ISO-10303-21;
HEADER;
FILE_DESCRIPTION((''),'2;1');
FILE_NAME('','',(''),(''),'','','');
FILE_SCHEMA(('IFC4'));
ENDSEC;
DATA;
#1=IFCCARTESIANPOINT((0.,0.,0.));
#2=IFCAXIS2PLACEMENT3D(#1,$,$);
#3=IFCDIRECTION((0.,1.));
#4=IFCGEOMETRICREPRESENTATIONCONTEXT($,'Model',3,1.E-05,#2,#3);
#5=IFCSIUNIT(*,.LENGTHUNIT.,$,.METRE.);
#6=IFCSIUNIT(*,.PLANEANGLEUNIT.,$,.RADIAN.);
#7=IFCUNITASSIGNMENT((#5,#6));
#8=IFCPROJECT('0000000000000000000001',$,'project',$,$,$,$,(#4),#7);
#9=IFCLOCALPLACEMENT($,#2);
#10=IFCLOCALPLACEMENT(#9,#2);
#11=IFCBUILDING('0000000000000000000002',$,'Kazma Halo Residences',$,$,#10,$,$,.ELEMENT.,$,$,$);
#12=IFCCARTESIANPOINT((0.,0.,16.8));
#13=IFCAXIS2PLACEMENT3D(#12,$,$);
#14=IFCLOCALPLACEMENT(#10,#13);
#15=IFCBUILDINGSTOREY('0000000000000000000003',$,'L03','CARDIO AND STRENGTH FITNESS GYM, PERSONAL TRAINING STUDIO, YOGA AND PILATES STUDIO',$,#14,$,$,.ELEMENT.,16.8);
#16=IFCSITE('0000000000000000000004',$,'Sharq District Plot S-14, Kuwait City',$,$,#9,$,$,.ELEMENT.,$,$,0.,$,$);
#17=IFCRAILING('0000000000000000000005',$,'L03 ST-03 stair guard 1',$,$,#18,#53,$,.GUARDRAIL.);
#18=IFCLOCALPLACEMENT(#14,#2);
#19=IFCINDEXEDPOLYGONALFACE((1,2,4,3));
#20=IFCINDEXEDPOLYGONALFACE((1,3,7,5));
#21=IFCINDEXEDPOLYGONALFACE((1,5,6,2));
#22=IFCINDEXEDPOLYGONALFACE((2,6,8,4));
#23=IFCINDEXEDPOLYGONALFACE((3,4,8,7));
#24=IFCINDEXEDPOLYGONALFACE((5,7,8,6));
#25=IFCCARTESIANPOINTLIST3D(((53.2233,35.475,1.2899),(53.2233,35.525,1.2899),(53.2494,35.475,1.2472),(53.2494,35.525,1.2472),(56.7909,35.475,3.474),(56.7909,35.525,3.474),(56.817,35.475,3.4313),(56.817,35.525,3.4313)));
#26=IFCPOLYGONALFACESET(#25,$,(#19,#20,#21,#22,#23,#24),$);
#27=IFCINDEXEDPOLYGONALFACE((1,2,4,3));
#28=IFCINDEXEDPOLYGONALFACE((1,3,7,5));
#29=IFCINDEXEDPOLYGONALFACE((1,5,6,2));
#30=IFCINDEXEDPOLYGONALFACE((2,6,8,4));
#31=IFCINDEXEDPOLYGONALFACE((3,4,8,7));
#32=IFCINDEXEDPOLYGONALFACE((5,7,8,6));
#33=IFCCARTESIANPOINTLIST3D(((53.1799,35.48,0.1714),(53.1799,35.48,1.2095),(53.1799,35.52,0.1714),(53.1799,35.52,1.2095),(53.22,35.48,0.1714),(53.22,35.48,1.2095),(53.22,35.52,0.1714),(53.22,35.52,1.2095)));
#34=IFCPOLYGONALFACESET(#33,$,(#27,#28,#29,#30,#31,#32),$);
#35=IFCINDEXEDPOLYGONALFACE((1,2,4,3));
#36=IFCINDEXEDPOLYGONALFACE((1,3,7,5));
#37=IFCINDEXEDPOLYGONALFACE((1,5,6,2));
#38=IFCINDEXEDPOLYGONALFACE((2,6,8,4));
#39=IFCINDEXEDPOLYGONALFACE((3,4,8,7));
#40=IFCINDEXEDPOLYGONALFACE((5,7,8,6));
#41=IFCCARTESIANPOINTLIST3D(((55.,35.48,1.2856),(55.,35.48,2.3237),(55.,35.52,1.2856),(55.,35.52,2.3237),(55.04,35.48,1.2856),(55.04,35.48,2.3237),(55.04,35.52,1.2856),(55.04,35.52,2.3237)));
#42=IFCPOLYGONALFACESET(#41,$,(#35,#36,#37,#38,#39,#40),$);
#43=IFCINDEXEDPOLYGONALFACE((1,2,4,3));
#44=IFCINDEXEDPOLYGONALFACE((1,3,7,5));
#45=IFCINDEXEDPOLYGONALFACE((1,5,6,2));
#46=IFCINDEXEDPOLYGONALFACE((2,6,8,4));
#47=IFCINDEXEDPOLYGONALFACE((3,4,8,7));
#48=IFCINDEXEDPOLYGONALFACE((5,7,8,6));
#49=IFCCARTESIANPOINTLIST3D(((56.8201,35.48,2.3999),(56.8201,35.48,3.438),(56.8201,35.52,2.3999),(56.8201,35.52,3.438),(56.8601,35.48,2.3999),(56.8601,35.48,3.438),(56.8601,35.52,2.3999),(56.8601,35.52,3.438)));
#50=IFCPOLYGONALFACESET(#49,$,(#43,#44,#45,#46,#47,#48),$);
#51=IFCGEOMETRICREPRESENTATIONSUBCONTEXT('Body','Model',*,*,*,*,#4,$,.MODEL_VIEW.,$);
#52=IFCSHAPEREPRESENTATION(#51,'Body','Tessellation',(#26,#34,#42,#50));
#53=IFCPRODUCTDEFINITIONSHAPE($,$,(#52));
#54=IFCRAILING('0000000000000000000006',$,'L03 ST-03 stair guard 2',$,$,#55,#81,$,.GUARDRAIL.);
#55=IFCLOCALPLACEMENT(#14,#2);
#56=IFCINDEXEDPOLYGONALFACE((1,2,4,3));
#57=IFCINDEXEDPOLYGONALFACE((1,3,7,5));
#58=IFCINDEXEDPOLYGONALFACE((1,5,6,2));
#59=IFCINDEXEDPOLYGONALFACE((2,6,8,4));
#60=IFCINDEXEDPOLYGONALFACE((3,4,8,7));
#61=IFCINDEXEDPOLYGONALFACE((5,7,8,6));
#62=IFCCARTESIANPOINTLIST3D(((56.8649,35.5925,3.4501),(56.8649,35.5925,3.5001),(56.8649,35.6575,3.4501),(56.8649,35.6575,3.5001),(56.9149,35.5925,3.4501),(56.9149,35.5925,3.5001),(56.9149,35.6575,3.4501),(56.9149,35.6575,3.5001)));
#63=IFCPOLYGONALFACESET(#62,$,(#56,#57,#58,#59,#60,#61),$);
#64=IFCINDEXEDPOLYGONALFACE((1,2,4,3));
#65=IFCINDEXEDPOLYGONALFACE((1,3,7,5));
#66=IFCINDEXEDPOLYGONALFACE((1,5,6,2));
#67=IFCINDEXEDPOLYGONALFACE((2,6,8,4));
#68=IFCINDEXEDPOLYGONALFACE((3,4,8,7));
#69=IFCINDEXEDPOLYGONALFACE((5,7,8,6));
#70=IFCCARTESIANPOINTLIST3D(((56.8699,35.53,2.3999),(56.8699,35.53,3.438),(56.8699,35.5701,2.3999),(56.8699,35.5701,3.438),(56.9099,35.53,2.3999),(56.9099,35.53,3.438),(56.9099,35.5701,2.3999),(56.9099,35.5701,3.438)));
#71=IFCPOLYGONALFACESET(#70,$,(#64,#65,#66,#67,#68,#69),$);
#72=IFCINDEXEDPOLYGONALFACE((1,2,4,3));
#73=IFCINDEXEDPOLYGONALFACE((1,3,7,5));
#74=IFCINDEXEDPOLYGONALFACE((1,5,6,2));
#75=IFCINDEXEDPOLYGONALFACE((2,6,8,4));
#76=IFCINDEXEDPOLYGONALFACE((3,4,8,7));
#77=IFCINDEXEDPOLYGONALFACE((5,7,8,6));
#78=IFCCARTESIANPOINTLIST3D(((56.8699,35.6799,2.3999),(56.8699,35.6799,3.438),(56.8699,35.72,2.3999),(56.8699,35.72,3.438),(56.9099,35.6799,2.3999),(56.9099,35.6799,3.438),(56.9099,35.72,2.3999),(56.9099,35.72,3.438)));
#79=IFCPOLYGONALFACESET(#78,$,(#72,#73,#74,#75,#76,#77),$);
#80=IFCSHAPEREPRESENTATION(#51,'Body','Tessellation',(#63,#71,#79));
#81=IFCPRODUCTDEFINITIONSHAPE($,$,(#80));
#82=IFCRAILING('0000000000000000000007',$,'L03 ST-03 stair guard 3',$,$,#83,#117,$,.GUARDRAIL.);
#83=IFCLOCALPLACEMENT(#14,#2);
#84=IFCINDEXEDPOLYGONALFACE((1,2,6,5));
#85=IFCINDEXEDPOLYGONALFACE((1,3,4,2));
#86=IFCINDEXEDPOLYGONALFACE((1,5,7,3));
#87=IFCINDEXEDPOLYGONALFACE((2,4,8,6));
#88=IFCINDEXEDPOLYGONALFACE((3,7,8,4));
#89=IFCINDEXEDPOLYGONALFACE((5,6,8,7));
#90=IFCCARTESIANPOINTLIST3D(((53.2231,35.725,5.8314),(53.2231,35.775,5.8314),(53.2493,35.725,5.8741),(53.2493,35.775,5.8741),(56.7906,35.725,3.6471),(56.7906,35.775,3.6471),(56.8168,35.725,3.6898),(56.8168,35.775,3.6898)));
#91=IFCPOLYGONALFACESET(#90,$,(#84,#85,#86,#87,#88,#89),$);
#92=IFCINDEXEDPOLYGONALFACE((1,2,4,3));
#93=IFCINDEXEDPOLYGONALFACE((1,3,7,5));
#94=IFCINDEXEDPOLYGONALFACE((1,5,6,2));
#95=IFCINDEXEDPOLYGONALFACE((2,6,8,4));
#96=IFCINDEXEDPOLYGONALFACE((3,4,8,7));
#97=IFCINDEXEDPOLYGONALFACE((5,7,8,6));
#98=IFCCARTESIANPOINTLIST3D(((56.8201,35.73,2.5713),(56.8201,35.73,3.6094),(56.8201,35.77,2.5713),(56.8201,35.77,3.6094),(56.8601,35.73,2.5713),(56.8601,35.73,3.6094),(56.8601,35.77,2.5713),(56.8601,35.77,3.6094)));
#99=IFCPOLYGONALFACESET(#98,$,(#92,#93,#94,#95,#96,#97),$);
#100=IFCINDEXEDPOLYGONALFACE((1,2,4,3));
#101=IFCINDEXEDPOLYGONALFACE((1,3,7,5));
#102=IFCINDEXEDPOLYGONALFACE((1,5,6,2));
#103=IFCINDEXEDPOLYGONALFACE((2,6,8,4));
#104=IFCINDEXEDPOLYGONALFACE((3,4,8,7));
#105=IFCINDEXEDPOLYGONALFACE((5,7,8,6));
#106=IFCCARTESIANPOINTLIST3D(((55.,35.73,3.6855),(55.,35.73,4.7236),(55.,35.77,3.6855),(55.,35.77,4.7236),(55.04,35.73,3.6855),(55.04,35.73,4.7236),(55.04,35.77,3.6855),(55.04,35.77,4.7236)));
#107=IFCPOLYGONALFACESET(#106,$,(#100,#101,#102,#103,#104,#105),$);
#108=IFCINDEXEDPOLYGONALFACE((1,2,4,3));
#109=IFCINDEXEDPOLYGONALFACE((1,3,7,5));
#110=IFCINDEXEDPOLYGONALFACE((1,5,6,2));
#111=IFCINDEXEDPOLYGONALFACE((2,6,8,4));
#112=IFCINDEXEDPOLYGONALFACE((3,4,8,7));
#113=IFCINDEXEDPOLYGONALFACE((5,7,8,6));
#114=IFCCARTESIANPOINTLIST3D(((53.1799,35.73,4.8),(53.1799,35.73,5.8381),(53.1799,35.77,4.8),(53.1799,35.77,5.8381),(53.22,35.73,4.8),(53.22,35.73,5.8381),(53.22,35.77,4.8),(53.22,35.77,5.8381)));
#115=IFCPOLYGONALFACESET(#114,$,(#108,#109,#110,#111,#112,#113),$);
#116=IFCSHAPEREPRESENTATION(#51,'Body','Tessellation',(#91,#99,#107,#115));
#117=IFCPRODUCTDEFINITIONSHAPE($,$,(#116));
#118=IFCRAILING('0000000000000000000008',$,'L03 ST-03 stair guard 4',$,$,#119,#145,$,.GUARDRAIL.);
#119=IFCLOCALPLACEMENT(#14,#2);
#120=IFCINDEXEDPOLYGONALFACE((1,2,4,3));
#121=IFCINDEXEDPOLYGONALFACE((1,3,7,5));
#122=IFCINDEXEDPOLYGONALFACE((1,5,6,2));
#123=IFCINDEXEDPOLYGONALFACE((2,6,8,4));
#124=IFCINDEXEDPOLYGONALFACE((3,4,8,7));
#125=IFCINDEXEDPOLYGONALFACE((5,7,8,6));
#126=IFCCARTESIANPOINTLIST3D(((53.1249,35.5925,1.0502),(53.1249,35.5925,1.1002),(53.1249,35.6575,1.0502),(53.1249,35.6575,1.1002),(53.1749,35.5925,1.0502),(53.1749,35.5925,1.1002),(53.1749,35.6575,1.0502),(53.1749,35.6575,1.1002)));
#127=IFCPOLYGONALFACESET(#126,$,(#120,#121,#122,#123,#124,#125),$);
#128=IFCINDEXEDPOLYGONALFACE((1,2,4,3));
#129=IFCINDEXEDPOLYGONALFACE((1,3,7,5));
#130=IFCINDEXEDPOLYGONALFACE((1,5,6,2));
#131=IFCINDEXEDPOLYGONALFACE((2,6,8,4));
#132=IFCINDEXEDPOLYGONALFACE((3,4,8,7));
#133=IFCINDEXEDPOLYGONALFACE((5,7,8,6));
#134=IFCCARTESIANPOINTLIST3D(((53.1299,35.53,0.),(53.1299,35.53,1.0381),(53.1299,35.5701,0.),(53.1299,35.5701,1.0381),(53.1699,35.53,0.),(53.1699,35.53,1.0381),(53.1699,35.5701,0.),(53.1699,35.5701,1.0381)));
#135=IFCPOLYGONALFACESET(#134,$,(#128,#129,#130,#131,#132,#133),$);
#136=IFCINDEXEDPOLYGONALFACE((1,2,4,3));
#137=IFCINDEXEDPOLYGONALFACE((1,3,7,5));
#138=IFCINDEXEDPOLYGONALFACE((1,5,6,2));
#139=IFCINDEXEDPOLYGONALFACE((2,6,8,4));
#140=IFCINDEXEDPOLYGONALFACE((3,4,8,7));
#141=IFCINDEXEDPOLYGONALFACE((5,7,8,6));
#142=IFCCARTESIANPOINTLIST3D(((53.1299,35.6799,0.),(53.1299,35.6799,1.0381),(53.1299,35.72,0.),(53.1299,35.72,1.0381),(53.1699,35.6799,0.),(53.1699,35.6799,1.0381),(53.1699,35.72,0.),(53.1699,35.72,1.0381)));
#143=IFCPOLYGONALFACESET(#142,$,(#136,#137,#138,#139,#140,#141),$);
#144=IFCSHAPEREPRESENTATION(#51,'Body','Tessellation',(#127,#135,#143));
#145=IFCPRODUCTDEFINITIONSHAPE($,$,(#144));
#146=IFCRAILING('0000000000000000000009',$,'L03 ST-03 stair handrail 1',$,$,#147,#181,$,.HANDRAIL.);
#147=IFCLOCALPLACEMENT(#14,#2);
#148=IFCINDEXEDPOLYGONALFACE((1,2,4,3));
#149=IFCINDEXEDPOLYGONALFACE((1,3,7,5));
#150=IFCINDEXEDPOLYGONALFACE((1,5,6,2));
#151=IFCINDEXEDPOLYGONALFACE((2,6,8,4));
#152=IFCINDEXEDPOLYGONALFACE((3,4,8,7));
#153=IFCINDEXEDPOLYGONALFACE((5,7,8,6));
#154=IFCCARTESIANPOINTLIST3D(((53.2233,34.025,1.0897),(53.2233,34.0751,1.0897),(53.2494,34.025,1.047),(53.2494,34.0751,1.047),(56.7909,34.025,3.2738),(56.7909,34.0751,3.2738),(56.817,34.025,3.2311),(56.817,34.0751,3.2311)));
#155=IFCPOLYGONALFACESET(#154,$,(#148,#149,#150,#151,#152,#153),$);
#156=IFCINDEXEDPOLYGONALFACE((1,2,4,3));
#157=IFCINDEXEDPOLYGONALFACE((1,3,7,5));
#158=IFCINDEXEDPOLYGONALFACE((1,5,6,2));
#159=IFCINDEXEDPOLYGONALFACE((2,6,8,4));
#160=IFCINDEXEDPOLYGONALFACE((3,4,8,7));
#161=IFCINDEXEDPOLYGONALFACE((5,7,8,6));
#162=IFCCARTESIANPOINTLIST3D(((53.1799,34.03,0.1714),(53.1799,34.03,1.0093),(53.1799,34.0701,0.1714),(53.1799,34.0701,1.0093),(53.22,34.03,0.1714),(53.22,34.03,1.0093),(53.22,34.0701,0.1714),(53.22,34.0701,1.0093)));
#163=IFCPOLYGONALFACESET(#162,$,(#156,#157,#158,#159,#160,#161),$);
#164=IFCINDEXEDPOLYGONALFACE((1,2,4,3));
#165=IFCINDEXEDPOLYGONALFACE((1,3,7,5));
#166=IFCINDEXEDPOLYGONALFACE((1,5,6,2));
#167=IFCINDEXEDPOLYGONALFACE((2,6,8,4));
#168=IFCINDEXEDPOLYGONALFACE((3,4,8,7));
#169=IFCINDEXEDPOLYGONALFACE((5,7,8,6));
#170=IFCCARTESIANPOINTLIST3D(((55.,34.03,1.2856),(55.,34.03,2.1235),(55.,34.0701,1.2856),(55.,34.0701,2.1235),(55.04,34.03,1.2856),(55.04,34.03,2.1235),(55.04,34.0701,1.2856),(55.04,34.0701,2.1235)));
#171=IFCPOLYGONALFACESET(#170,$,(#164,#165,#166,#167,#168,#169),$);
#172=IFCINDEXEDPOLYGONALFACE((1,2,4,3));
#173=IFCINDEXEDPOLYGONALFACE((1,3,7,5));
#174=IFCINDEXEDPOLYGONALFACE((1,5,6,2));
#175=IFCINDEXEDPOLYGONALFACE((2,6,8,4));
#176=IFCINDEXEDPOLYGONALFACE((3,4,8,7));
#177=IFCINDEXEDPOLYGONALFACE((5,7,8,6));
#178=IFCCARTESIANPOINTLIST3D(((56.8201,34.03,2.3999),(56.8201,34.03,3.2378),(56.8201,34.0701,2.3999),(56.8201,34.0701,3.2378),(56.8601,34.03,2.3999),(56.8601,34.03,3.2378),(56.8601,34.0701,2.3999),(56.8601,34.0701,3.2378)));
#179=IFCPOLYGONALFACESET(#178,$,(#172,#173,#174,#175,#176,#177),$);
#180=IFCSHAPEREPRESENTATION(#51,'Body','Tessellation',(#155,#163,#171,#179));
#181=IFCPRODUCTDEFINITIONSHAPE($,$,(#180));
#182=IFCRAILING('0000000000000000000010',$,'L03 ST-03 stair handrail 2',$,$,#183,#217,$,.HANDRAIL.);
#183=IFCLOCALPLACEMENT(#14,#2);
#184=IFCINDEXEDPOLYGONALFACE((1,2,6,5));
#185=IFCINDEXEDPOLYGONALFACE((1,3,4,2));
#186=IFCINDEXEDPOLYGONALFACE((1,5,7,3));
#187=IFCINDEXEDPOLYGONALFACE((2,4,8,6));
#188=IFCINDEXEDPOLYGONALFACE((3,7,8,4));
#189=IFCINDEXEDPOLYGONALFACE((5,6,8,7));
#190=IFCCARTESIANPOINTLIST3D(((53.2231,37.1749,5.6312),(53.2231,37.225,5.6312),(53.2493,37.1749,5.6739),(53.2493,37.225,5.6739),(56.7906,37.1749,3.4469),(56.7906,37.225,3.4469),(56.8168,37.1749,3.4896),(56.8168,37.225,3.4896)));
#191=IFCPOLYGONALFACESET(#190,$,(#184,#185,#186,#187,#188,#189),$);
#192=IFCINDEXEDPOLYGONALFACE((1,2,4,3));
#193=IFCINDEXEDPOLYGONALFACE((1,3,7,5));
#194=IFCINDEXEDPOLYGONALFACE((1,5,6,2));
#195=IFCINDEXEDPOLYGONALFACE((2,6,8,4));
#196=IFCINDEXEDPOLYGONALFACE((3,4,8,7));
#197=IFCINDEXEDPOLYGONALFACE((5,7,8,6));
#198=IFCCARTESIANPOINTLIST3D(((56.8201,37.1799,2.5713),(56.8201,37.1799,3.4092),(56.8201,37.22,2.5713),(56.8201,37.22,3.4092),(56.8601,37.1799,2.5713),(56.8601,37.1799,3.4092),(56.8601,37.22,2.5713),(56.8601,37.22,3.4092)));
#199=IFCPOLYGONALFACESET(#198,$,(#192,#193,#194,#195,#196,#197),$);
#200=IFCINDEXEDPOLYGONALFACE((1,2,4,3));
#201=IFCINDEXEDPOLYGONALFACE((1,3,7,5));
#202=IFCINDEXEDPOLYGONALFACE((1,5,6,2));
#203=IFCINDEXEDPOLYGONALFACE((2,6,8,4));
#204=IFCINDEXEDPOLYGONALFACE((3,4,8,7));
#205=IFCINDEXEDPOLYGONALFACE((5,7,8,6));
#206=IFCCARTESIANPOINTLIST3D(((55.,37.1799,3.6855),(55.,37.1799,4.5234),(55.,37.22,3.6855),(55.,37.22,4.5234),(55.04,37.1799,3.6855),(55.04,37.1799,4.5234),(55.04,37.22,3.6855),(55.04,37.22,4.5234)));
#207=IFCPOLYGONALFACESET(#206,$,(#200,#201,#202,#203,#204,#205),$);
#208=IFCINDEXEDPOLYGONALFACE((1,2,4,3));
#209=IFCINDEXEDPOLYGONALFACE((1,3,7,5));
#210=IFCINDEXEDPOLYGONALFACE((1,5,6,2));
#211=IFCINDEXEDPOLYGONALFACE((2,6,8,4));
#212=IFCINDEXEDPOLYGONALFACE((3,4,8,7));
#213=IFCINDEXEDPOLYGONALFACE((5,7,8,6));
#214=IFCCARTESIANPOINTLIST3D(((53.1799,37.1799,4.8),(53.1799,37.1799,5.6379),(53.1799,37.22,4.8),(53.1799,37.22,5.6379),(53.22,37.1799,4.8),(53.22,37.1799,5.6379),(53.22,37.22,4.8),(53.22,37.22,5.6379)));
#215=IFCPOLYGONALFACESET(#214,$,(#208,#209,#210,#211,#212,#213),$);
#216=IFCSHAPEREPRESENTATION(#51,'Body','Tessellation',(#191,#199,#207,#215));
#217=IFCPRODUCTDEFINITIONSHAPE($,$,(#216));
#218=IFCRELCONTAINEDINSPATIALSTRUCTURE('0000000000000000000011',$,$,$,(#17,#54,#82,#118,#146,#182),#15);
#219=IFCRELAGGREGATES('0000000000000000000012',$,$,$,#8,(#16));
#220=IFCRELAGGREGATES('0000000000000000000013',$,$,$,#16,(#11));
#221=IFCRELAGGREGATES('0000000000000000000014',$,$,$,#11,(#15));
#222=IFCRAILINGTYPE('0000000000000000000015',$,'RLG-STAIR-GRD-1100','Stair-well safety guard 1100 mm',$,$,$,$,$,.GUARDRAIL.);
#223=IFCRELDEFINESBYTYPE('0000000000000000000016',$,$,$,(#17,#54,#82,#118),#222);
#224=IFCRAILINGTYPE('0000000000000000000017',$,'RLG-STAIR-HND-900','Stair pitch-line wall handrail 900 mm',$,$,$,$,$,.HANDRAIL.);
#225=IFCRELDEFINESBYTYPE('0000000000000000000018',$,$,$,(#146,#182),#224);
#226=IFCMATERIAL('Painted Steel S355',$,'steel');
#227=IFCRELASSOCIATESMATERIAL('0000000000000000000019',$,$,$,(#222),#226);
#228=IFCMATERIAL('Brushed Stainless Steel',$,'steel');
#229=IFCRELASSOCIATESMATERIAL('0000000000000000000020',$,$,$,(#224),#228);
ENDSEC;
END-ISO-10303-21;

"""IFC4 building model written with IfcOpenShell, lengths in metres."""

from ifc_helpers import new_model, si_unit, direction, frame, origin, origin_2d, place, context, subcontext, project, spatial, rectangle, extrude, material, type_object, element, save


model = new_model("IFC4")

# Units and contexts
model_context = context("Model", 3, precision=1e-05, world=origin(), true_north=direction((0.0, 1.0)))
body_context = subcontext(model_context, "Body", "Model", "MODEL_VIEW")
ifc_project = project(units=[si_unit("LENGTHUNIT", "METRE"), si_unit("PLANEANGLEUNIT", "RADIAN")], contexts=[model_context])

# Site, building, storey
site_placement = place(None, origin())
site = spatial("IfcSite", under=ifc_project, at=site_placement, Name="Sharq District Plot S-14, Kuwait City", CompositionType="ELEMENT", RefElevation=0.0)
building_placement = place(site_placement, origin())
building = spatial("IfcBuilding", under=site, at=building_placement, Name="Kazma Halo Residences", CompositionType="ELEMENT")
storey_placement = place(building_placement, frame((0.0, 0.0, 16.8)))
storey = spatial("IfcBuildingStorey", under=building, at=storey_placement, Name="L03", Description="CARDIO AND STRENGTH FITNESS GYM, PERSONAL TRAINING STUDIO, YOGA AND PILATES STUDIO", CompositionType="ELEMENT", Elevation=16.8)

# Railings
ifc_material_1 = material(Name="Painted Steel S355", Category="steel")
railing_type_1 = type_object("IfcRailingType", Name="RLG-STAIR-GRD-1100", Description="Stair-well safety guard 1100 mm", PredefinedType="GUARDRAIL", material=ifc_material_1)
railing_1_placement = place(storey_placement, frame((53.2, 35.5, 0.1714)))
element("IfcRailing", 1, at=railing_1_placement, inside=storey, type_object=railing_type_1, Name="L03 ST-03 stair guard 1", PredefinedType="GUARDRAIL", context=body_context, shape_type="SweptSolid", body=[
    extrude(rectangle(XDim=0.05, YDim=0.05, at=origin_2d()), frame((0.0364, 0.0, 1.0972), z_axis=(0.852866, 0.0, 0.52213), x_axis=(0.0, 1.0, 0.0)), (0.0, 0.0, 1.0), 4.1831),
    extrude(rectangle(XDim=0.04, YDim=0.04, at=origin_2d()), origin(), (0.0, 0.0, 1.0), 1.0381),
    extrude(rectangle(XDim=0.04, YDim=0.04, at=origin_2d()), frame((1.8201, 0.0, 1.1143)), (0.0, 0.0, 1.0), 1.0381),
    extrude(rectangle(XDim=0.04, YDim=0.04, at=origin_2d()), frame((3.6401, 0.0, 2.2285)), (0.0, 0.0, 1.0), 1.0381),
])
railing_2_placement = place(storey_placement, frame((56.8899, 35.55, 2.3999)))
element("IfcRailing", 2, at=railing_2_placement, inside=storey, type_object=railing_type_1, Name="L03 ST-03 stair guard 2", PredefinedType="GUARDRAIL", context=body_context, shape_type="SweptSolid", body=[
    extrude(rectangle(XDim=0.05, YDim=0.05, at=origin_2d()), frame((0.0, 0.0425, 1.0752), z_axis=(0.0, 1.0, 0.0), x_axis=(-1.0, 0.0, 0.0)), (0.0, 0.0, 1.0), 0.0649),
    extrude(rectangle(XDim=0.04, YDim=0.04, at=origin_2d()), origin(), (0.0, 0.0, 1.0), 1.0381),
    extrude(rectangle(XDim=0.04, YDim=0.04, at=origin_2d()), frame((0.0, 0.1499, 0.0)), (0.0, 0.0, 1.0), 1.0381),
])
railing_3_placement = place(storey_placement, frame((56.8401, 35.75, 2.5713)))
element("IfcRailing", 3, at=railing_3_placement, inside=storey, type_object=railing_type_1, Name="L03 ST-03 stair guard 3", PredefinedType="GUARDRAIL", context=body_context, shape_type="SweptSolid", body=[
    extrude(rectangle(XDim=0.05, YDim=0.05, at=origin_2d()), frame((-0.0364, 0.0, 1.0972), z_axis=(-0.85284, 0.0, 0.522172), x_axis=(0.0, -1.0, 0.0)), (0.0, 0.0, 1.0), 4.1831),
    extrude(rectangle(XDim=0.04, YDim=0.04, at=origin_2d()), origin(), (0.0, 0.0, 1.0), 1.0381),
    extrude(rectangle(XDim=0.04, YDim=0.04, at=origin_2d()), frame((-1.8201, 0.0, 1.1143)), (0.0, 0.0, 1.0), 1.0381),
    extrude(rectangle(XDim=0.04, YDim=0.04, at=origin_2d()), frame((-3.6401, 0.0, 2.2288)), (0.0, 0.0, 1.0), 1.0381),
])
railing_4_placement = place(storey_placement, frame((53.1499, 35.55, 0.0)))
element("IfcRailing", 4, at=railing_4_placement, inside=storey, type_object=railing_type_1, Name="L03 ST-03 stair guard 4", PredefinedType="GUARDRAIL", context=body_context, shape_type="SweptSolid", body=[
    extrude(rectangle(XDim=0.05, YDim=0.05, at=origin_2d()), frame((0.0, 0.0425, 1.0752), z_axis=(0.0, 1.0, 0.0), x_axis=(-1.0, 0.0, 0.0)), (0.0, 0.0, 1.0), 0.0649),
    extrude(rectangle(XDim=0.04, YDim=0.04, at=origin_2d()), origin(), (0.0, 0.0, 1.0), 1.0381),
    extrude(rectangle(XDim=0.04, YDim=0.04, at=origin_2d()), frame((0.0, 0.1499, 0.0)), (0.0, 0.0, 1.0), 1.0381),
])
ifc_material_2 = material(Name="Brushed Stainless Steel", Category="steel")
railing_type_2 = type_object("IfcRailingType", Name="RLG-STAIR-HND-900", Description="Stair pitch-line wall handrail 900 mm", PredefinedType="HANDRAIL", material=ifc_material_2)
railing_5_placement = place(storey_placement, frame((53.2, 34.05, 0.1714)))
element("IfcRailing", 5, at=railing_5_placement, inside=storey, type_object=railing_type_2, Name="L03 ST-03 stair handrail 1", PredefinedType="HANDRAIL", context=body_context, shape_type="SweptSolid", body=[
    extrude(rectangle(XDim=0.05, YDim=0.05, at=origin_2d()), frame((0.0364, 0.0, 0.897), z_axis=(0.852866, 0.0, 0.52213), x_axis=(0.0, 1.0, 0.0)), (0.0, 0.0, 1.0), 4.1831),
    extrude(rectangle(XDim=0.04, YDim=0.04, at=origin_2d()), origin(), (0.0, 0.0, 1.0), 0.8379),
    extrude(rectangle(XDim=0.04, YDim=0.04, at=origin_2d()), frame((1.8201, 0.0, 1.1143)), (0.0, 0.0, 1.0), 0.8379),
    extrude(rectangle(XDim=0.04, YDim=0.04, at=origin_2d()), frame((3.6401, 0.0, 2.2285)), (0.0, 0.0, 1.0), 0.8379),
])
railing_6_placement = place(storey_placement, frame((56.8401, 37.2, 2.5713)))
element("IfcRailing", 6, at=railing_6_placement, inside=storey, type_object=railing_type_2, Name="L03 ST-03 stair handrail 2", PredefinedType="HANDRAIL", context=body_context, shape_type="SweptSolid", body=[
    extrude(rectangle(XDim=0.05, YDim=0.05, at=origin_2d()), frame((-0.0364, 0.0, 0.897), z_axis=(-0.85284, 0.0, 0.522172), x_axis=(0.0, -1.0, 0.0)), (0.0, 0.0, 1.0), 4.1831),
    extrude(rectangle(XDim=0.04, YDim=0.04, at=origin_2d()), origin(), (0.0, 0.0, 1.0), 0.8379),
    extrude(rectangle(XDim=0.04, YDim=0.04, at=origin_2d()), frame((-1.8201, 0.0, 1.1143)), (0.0, 0.0, 1.0), 0.8379),
    extrude(rectangle(XDim=0.04, YDim=0.04, at=origin_2d()), frame((-3.6401, 0.0, 2.2288)), (0.0, 0.0, 1.0), 0.8379),
])

save(model, "model.ifc")
